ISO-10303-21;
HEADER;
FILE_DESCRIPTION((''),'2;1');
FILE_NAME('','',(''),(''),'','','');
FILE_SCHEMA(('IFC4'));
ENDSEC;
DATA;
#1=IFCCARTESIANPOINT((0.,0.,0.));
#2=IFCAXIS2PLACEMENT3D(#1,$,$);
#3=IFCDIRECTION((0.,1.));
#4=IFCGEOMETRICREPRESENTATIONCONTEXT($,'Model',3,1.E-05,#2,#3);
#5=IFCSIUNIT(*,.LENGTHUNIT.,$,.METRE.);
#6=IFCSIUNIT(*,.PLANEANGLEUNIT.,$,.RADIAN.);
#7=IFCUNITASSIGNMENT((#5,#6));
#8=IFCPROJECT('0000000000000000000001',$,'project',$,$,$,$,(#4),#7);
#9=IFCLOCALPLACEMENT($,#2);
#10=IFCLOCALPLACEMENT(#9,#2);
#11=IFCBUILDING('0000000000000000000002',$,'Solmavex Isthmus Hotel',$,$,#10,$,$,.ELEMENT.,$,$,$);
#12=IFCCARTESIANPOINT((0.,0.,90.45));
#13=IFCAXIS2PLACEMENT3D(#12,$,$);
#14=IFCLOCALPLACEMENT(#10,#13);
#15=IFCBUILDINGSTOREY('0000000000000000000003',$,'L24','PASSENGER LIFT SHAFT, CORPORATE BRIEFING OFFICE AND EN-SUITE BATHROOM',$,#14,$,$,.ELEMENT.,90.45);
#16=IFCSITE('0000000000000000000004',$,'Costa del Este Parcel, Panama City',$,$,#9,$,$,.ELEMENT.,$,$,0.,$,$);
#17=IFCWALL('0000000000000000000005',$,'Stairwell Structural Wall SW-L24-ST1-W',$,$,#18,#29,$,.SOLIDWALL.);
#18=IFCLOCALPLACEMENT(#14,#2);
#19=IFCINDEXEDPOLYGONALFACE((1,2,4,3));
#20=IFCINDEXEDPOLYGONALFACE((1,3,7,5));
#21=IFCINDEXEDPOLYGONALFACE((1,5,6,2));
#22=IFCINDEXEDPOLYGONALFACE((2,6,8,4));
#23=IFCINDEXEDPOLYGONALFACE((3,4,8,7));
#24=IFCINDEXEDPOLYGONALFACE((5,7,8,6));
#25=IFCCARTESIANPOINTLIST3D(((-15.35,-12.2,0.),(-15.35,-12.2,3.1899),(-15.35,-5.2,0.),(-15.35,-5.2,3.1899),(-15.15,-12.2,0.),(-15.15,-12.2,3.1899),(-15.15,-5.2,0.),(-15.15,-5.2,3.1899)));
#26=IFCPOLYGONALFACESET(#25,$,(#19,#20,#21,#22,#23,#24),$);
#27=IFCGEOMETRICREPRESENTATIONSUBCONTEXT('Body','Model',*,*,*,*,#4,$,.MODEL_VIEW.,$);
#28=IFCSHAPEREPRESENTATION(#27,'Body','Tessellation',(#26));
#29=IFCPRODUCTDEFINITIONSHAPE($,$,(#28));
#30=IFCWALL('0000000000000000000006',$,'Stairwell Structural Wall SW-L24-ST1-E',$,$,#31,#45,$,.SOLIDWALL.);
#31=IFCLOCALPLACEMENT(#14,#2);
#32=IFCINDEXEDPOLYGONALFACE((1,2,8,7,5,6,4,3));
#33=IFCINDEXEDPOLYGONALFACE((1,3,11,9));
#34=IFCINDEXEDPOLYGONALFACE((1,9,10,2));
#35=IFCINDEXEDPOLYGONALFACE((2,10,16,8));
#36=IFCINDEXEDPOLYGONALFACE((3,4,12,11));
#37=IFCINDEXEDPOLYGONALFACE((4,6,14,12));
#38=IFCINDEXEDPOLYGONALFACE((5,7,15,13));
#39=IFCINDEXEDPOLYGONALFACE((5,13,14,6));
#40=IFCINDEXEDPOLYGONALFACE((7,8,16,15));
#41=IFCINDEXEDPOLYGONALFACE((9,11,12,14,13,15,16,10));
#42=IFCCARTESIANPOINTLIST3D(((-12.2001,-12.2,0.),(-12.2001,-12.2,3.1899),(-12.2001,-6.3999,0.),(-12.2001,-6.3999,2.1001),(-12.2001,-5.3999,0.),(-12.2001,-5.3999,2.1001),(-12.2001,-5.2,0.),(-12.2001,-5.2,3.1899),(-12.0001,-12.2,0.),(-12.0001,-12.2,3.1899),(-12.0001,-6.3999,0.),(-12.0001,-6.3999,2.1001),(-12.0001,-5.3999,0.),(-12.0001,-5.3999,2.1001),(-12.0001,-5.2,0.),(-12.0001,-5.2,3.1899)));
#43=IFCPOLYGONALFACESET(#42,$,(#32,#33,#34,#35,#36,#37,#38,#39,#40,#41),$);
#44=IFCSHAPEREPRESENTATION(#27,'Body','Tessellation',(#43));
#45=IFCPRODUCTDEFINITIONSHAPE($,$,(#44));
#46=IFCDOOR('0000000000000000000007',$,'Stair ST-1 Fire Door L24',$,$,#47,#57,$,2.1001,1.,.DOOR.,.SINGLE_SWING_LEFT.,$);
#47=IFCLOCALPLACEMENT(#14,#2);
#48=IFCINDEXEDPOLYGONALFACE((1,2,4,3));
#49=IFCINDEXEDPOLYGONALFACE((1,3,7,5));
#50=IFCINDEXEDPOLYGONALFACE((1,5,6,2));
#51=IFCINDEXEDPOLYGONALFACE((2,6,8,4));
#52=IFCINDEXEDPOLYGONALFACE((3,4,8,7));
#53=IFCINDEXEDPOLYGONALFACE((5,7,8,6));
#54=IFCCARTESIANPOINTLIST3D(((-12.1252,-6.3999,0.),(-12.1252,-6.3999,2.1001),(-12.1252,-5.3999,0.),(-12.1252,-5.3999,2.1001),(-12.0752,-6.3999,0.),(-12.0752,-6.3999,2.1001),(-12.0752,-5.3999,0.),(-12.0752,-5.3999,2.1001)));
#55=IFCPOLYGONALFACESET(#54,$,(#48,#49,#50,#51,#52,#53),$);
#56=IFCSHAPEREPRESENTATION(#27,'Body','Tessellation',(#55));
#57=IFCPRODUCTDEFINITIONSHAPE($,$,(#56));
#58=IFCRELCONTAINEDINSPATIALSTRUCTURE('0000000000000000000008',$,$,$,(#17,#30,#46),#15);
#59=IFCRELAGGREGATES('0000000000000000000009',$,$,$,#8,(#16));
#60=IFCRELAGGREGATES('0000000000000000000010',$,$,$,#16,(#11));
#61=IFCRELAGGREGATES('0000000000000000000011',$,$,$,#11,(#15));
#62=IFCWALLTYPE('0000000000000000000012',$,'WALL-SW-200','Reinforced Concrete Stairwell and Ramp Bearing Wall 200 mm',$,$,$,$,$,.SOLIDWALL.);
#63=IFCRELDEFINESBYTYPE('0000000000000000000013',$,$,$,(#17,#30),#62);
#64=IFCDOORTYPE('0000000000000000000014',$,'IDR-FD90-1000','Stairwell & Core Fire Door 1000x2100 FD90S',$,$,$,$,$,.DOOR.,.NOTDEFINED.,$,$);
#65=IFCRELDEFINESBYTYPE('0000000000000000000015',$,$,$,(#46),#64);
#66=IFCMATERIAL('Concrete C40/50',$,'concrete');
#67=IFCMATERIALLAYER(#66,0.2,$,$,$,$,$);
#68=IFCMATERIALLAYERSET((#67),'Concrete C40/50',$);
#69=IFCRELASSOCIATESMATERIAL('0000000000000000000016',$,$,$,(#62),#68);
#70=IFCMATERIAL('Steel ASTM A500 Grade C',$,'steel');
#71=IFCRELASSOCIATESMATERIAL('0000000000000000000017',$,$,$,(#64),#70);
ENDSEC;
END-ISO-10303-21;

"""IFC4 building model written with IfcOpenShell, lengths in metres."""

from ifc_helpers import new_model, si_unit, direction, frame, frame_2d, origin, place, context, subcontext, project, spatial, rectangle, extrude, material, layer, layer_set, type_object, element, fill, save


model = new_model("IFC4")

# Units and contexts
model_context = context("Model", 3, precision=1e-05, world=origin(), true_north=direction((0.0, 1.0)))
body_context = subcontext(model_context, "Body", "Model", "MODEL_VIEW")
ifc_project = project(units=[si_unit("LENGTHUNIT", "METRE"), si_unit("PLANEANGLEUNIT", "RADIAN")], contexts=[model_context])

# Site, building, storey
site_placement = place(None, origin())
site = spatial("IfcSite", under=ifc_project, at=site_placement, Name="Costa del Este Parcel, Panama City", CompositionType="ELEMENT", RefElevation=0.0)
building_placement = place(site_placement, origin())
building = spatial("IfcBuilding", under=site, at=building_placement, Name="Solmavex Isthmus Hotel", CompositionType="ELEMENT")
storey_placement = place(building_placement, frame((0.0, 0.0, 90.45)))
storey = spatial("IfcBuildingStorey", under=building, at=storey_placement, Name="L24", Description="PASSENGER LIFT SHAFT, CORPORATE BRIEFING OFFICE AND EN-SUITE BATHROOM", CompositionType="ELEMENT", Elevation=90.45)

# Wall
ifc_material_1 = material(Name="Concrete C40/50", Category="concrete")
ifc_layer_1 = layer(ifc_material_1, 0.2)
ifc_layer_set_1 = layer_set([ifc_layer_1], Name="Concrete C40/50")
wall_type_1 = type_object("IfcWallType", Name="WALL-SW-200", Description="Reinforced Concrete Stairwell and Ramp Bearing Wall 200 mm", PredefinedType="SOLIDWALL", material=ifc_layer_set_1)
wall_1_placement = place(storey_placement, frame((-15.25, -12.2, 0.0), z_axis=(0.0, 0.0, 1.0), x_axis=(0.0, 1.0, 0.0)))
element("IfcWall", 1, at=wall_1_placement, inside=storey, type_object=wall_type_1, Name="Stairwell Structural Wall SW-L24-ST1-W", PredefinedType="SOLIDWALL", context=body_context, shape_type="SweptSolid", body=[
    extrude(rectangle(XDim=7.0, YDim=0.2, at=frame_2d((3.5, 0.0))), origin(), (0.0, 0.0, 1.0), 3.1899),
])

# Wall, opening, door
wall_2_placement = place(storey_placement, frame((-12.1001, -12.2, 0.0), z_axis=(0.0, 0.0, 1.0), x_axis=(0.0, 1.0, 0.0)))
wall_2 = element("IfcWall", 2, at=wall_2_placement, inside=storey, type_object=wall_type_1, Name="Stairwell Structural Wall SW-L24-ST1-E", PredefinedType="SOLIDWALL", context=body_context, shape_type="SweptSolid", body=[
    extrude(rectangle(XDim=7.0, YDim=0.2, at=frame_2d((3.5, 0.0))), origin(), (0.0, 0.0, 1.0), 3.1899),
])
opening_1_placement = place(wall_2_placement, frame((5.8, 0.0, 0.0)))
opening_1 = element("IfcOpeningElement", 3, at=opening_1_placement, cuts=wall_2, PredefinedType="OPENING", context=body_context, shape_type="SweptSolid", body=[
    extrude(rectangle(XDim=1.0, YDim=2.1001, at=frame_2d((0.5, 1.05))), frame((0.0, 0.1099, 0.0), z_axis=(0.0, -1.0, 0.0), x_axis=(1.0, 0.0, 0.0)), (0.0, 0.0, 1.0), 0.22),
])
ifc_material_2 = material(Name="Steel ASTM A500 Grade C", Category="steel")
door_type_1 = type_object("IfcDoorType", Name="IDR-FD90-1000", Description="Stairwell & Core Fire Door 1000x2100 FD90S", OperationType="NOTDEFINED", PredefinedType="DOOR", material=ifc_material_2)
door_1_placement = place(opening_1_placement, frame((1.0, 0.0, 0.0), z_axis=(0.0, 0.0, 1.0), x_axis=(-1.0, 0.0, 0.0)))
door_1 = element("IfcDoor", 4, at=door_1_placement, inside=storey, type_object=door_type_1, Name="Stair ST-1 Fire Door L24", OperationType="SINGLE_SWING_LEFT", OverallHeight=2.1001, OverallWidth=1.0, PredefinedType="DOOR", context=body_context, shape_type="SweptSolid", body=[
    extrude(rectangle(XDim=1.0, YDim=2.1001, at=frame_2d((0.5, 1.05))), frame((0.0, 0.0249, 0.0), z_axis=(0.0, -1.0, 0.0), x_axis=(1.0, 0.0, 0.0)), (0.0, 0.0, 1.0), 0.05),
])
fill(opening_1, door_1)

save(model, "model.ifc")
